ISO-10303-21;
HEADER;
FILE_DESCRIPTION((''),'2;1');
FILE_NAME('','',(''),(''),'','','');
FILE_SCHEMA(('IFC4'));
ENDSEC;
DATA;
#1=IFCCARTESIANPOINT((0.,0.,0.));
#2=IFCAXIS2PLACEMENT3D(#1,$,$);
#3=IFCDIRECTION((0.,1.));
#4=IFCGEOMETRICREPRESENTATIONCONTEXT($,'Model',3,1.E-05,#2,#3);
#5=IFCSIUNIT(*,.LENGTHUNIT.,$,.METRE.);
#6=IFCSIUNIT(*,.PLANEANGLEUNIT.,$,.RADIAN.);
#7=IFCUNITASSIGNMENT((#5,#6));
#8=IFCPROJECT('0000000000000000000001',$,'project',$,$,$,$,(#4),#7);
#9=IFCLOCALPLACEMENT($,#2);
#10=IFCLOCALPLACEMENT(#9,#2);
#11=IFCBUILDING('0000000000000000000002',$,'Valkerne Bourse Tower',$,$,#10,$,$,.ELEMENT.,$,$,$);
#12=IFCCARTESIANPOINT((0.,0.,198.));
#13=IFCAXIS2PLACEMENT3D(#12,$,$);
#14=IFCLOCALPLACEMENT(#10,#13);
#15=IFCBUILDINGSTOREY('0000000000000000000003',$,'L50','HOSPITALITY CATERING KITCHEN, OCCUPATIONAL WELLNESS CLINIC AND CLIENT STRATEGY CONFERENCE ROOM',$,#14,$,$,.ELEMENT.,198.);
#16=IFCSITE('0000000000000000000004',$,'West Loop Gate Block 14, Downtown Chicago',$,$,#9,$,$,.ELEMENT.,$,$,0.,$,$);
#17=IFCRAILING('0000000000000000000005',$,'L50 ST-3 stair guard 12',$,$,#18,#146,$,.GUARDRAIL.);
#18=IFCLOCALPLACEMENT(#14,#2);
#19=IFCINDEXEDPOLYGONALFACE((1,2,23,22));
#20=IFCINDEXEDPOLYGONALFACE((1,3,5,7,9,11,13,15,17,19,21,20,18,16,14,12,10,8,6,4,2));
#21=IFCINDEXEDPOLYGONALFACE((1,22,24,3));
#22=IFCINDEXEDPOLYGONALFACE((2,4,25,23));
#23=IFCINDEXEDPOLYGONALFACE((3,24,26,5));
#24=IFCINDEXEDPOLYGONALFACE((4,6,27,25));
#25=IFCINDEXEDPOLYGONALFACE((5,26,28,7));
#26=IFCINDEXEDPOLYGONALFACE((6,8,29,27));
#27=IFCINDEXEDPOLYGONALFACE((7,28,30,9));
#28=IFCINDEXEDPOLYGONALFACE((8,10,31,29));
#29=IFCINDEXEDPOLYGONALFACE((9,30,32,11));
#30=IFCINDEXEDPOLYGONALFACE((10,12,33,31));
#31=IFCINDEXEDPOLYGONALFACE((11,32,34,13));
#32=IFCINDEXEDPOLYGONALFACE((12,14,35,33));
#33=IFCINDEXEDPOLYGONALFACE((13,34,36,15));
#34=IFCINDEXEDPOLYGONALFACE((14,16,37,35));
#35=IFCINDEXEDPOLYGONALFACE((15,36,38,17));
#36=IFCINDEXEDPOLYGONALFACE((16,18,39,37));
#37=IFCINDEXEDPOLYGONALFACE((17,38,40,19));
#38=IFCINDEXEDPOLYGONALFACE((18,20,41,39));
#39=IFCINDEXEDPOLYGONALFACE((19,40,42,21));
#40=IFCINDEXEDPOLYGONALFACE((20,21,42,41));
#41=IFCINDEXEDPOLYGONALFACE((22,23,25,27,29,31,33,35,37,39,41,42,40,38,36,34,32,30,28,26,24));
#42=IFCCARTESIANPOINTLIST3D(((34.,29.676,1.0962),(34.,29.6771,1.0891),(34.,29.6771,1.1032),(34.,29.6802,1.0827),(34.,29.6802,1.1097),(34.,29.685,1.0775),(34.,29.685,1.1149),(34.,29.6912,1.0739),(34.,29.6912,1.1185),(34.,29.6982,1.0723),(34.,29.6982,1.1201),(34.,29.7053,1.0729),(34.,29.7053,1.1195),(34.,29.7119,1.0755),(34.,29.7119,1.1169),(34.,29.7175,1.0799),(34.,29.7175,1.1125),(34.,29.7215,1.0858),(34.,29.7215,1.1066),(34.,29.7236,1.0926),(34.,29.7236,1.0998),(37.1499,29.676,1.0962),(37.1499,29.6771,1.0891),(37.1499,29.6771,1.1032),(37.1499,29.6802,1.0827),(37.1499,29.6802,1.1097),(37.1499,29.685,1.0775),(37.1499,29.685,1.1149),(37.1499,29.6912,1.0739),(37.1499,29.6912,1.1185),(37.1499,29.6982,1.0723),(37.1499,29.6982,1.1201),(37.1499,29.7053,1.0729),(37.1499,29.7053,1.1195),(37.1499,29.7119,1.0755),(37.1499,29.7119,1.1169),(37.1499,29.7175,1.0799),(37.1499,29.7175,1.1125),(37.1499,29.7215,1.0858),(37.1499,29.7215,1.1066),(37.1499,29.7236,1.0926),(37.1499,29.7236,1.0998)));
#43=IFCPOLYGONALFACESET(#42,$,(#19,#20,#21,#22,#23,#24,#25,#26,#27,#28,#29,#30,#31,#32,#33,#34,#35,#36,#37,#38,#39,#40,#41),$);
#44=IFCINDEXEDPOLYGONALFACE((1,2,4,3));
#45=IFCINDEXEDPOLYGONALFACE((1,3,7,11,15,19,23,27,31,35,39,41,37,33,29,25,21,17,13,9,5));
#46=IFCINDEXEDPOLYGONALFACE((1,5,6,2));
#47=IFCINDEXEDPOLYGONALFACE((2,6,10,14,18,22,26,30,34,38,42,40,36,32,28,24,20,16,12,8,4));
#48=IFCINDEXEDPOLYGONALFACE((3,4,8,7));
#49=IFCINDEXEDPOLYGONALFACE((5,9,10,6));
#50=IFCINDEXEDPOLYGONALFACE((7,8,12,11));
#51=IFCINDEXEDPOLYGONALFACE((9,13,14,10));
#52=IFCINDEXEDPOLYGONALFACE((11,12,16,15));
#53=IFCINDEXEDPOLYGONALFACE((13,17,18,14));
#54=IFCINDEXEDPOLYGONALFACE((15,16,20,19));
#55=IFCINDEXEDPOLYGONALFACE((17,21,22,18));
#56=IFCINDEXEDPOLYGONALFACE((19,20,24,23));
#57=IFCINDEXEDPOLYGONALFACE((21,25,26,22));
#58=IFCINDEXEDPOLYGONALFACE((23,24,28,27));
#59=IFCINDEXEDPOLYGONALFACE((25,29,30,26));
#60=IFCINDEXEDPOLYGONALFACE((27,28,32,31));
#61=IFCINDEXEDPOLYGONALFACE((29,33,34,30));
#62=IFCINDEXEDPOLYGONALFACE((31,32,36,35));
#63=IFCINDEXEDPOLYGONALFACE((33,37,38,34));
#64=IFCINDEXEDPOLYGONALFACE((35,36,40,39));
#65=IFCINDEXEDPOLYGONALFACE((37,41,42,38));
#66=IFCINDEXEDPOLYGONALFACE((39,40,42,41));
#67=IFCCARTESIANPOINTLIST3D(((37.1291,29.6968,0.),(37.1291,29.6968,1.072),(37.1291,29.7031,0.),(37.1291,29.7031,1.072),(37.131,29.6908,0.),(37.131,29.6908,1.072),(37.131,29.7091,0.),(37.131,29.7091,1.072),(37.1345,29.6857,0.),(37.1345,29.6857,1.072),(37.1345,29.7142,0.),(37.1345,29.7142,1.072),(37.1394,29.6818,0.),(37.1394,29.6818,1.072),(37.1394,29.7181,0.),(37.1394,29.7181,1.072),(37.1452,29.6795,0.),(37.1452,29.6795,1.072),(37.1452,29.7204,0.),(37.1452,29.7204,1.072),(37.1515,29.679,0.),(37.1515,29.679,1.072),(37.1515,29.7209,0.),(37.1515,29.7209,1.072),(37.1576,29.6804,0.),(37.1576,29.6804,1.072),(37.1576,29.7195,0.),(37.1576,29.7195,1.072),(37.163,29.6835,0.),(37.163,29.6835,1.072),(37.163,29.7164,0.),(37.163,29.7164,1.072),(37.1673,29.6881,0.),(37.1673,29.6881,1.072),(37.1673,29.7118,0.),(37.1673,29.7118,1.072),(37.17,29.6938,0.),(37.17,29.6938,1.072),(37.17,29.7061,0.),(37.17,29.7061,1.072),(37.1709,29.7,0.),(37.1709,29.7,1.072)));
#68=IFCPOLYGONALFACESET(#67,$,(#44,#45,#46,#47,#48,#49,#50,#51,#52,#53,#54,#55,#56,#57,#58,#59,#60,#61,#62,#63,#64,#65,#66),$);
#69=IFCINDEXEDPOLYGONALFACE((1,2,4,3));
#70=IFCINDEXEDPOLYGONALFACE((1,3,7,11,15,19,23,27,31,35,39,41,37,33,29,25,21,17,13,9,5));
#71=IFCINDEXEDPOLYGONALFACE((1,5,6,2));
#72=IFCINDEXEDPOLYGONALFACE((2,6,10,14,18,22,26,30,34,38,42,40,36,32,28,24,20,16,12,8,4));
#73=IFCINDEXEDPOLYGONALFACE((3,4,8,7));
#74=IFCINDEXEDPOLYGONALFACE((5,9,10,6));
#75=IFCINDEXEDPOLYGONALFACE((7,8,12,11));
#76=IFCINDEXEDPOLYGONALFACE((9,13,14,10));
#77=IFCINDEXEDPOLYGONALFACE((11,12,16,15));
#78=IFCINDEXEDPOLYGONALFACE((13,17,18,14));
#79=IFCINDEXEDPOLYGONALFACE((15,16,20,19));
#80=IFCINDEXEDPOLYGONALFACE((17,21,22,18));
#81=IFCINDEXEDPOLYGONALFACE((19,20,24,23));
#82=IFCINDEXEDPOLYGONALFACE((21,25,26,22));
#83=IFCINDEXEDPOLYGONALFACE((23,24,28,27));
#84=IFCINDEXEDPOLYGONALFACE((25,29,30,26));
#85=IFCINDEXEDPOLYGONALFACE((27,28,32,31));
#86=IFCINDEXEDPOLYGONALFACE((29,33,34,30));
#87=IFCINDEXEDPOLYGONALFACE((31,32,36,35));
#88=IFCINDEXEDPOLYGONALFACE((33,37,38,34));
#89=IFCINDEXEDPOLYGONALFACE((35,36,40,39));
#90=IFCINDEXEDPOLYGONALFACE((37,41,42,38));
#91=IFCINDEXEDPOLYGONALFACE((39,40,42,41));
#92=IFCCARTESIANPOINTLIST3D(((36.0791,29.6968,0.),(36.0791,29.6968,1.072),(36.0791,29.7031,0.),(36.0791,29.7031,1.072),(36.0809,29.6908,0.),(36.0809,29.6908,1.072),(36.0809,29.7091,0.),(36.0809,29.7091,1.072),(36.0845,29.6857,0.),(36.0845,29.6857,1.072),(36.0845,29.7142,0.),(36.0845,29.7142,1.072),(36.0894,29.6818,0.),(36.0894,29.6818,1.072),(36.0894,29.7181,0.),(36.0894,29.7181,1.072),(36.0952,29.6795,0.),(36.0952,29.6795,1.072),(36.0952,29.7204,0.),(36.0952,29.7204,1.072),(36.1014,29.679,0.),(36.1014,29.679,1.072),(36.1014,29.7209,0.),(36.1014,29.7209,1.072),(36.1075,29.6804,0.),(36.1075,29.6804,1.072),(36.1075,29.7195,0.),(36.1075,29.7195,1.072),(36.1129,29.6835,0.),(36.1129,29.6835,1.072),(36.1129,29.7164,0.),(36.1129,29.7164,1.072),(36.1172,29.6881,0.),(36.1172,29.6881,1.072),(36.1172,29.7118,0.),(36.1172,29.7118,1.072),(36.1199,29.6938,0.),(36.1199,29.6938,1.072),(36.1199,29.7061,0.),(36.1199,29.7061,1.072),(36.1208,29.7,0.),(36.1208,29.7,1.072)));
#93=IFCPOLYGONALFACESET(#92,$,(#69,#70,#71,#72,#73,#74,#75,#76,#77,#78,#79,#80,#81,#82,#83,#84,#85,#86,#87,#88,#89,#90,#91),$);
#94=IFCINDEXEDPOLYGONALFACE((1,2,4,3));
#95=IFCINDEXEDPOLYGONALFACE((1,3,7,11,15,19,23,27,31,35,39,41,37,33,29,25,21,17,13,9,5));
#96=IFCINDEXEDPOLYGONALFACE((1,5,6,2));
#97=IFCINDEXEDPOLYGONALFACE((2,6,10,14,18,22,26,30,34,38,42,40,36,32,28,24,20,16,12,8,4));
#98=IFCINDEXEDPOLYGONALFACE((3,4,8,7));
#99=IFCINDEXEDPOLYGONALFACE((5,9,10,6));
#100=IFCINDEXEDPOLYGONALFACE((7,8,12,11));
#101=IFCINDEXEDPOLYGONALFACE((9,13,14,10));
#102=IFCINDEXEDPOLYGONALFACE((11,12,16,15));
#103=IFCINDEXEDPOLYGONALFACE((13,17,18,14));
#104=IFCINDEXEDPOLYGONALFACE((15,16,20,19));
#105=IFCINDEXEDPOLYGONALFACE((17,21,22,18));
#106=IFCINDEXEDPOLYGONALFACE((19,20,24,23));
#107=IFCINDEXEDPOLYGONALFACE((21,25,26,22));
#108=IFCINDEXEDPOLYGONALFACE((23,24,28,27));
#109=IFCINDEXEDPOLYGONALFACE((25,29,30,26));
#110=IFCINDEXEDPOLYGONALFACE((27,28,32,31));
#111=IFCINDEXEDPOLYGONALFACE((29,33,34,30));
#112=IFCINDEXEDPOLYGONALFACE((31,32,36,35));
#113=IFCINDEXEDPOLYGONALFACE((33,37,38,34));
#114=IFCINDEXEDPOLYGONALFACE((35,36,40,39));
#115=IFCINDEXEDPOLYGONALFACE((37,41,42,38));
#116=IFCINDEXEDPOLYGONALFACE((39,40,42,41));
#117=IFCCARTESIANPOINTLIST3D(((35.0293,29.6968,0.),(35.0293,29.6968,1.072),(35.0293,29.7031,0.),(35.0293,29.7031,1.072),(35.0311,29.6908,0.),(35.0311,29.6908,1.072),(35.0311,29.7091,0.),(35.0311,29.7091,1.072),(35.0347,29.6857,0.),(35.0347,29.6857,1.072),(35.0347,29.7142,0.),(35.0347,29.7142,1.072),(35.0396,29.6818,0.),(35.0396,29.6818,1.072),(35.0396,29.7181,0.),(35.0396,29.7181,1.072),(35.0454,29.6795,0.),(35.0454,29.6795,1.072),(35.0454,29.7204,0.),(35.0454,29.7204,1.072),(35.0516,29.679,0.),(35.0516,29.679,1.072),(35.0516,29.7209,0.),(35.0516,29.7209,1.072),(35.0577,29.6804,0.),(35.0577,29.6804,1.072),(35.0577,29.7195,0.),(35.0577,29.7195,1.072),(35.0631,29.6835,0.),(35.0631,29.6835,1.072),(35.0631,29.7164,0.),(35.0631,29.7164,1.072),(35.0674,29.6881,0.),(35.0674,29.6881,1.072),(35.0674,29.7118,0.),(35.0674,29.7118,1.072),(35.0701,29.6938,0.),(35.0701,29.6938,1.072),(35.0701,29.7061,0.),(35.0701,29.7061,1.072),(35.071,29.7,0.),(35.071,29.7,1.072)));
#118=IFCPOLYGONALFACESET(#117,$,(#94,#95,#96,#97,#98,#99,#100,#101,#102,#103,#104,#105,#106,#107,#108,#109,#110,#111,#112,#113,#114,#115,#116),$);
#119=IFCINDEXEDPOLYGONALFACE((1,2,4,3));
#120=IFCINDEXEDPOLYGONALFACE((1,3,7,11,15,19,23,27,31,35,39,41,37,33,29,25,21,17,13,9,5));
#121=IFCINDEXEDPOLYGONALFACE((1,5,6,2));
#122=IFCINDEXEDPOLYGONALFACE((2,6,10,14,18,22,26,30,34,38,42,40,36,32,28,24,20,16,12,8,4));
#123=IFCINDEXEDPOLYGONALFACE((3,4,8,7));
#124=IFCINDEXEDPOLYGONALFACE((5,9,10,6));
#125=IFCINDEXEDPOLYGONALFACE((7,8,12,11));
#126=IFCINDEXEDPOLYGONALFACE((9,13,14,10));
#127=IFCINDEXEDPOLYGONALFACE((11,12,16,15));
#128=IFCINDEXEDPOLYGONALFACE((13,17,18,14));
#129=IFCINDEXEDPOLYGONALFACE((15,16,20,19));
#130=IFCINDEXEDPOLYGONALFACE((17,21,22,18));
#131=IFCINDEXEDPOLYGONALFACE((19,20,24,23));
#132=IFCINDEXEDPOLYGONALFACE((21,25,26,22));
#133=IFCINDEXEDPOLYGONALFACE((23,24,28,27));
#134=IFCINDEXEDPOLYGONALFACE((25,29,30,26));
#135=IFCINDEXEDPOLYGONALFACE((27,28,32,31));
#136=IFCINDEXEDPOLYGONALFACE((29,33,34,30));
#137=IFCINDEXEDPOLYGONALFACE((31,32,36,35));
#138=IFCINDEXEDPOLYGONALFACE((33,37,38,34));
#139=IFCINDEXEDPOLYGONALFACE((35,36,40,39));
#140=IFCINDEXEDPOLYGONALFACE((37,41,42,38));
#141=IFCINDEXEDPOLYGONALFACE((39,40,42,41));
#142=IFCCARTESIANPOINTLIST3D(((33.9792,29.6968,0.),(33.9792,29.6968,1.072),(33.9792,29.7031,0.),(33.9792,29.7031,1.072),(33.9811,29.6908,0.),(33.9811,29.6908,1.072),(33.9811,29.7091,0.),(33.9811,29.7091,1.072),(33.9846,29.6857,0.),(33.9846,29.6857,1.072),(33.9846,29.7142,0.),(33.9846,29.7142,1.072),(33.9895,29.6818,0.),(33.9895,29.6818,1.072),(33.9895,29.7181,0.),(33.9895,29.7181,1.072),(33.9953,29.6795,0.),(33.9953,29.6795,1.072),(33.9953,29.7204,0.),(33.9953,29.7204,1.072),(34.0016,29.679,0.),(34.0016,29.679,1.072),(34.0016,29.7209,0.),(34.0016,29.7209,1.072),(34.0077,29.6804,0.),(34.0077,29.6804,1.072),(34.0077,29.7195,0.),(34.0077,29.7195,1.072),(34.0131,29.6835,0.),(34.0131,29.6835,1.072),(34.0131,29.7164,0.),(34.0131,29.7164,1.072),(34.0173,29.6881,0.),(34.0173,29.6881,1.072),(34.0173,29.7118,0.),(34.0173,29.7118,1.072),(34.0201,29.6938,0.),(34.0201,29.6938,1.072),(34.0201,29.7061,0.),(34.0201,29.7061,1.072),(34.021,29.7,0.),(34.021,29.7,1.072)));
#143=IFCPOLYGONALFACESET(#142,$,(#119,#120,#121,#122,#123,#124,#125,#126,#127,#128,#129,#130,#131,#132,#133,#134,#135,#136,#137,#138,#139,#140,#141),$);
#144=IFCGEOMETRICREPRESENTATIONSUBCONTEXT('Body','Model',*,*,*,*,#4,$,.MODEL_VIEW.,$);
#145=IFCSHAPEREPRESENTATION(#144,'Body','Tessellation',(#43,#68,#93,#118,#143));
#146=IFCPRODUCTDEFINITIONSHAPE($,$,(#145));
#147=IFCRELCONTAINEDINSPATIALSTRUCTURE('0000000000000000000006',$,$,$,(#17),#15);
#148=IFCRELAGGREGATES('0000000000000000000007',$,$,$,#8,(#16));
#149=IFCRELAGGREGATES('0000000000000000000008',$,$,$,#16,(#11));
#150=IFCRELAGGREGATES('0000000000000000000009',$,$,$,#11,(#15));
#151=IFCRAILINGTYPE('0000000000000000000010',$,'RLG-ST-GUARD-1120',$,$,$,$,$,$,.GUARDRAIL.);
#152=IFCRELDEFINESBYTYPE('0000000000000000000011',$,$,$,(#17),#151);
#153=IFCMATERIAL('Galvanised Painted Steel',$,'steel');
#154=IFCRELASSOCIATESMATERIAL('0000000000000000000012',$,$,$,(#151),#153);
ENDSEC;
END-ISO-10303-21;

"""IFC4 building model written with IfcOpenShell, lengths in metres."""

from ifc_helpers import new_model, si_unit, direction, frame, origin, origin_2d, place, context, subcontext, project, spatial, circle, extrude, material, type_object, element, save


model = new_model("IFC4")

# Units and contexts
model_context = context("Model", 3, precision=1e-05, world=origin(), true_north=direction((0.0, 1.0)))
body_context = subcontext(model_context, "Body", "Model", "MODEL_VIEW")
ifc_project = project(units=[si_unit("LENGTHUNIT", "METRE"), si_unit("PLANEANGLEUNIT", "RADIAN")], contexts=[model_context])

# Site, building, storey
site_placement = place(None, origin())
site = spatial("IfcSite", under=ifc_project, at=site_placement, Name="West Loop Gate Block 14, Downtown Chicago", CompositionType="ELEMENT", RefElevation=0.0)
building_placement = place(site_placement, origin())
building = spatial("IfcBuilding", under=site, at=building_placement, Name="Valkerne Bourse Tower", CompositionType="ELEMENT")
storey_placement = place(building_placement, frame((0.0, 0.0, 198.0)))
storey = spatial("IfcBuildingStorey", under=building, at=storey_placement, Name="L50", Description="HOSPITALITY CATERING KITCHEN, OCCUPATIONAL WELLNESS CLINIC AND CLIENT STRATEGY CONFERENCE ROOM", CompositionType="ELEMENT", Elevation=198.0)

# Railing
ifc_material_1 = material(Name="Galvanised Painted Steel", Category="steel")
railing_type = type_object("IfcRailingType", Name="RLG-ST-GUARD-1120", PredefinedType="GUARDRAIL", material=ifc_material_1)
railing_1_placement = place(storey_placement, frame((37.1499, 29.7, 0.0)))
element("IfcRailing", 1, at=railing_1_placement, inside=storey, type_object=railing_type, Name="L50 ST-3 stair guard 12", PredefinedType="GUARDRAIL", context=body_context, shape_type="SweptSolid", body=[
    extrude(circle(Radius=0.0239, at=origin_2d()), frame((0.0, 0.0, 1.0962), z_axis=(-1.0, 0.0, 0.0), x_axis=(0.0, -1.0, 0.0)), (0.0, 0.0, 1.0), 3.1499),
    extrude(circle(Radius=0.021, at=origin_2d()), origin(), (0.0, 0.0, 1.0), 1.072),
    extrude(circle(Radius=0.021, at=origin_2d()), frame((-1.05, 0.0, 0.0)), (0.0, 0.0, 1.0), 1.072),
    extrude(circle(Radius=0.021, at=origin_2d()), frame((-2.0999, 0.0, 0.0)), (0.0, 0.0, 1.0), 1.072),
    extrude(circle(Radius=0.021, at=origin_2d()), frame((-3.1499, 0.0, 0.0)), (0.0, 0.0, 1.0), 1.072),
])

save(model, "model.ifc")
